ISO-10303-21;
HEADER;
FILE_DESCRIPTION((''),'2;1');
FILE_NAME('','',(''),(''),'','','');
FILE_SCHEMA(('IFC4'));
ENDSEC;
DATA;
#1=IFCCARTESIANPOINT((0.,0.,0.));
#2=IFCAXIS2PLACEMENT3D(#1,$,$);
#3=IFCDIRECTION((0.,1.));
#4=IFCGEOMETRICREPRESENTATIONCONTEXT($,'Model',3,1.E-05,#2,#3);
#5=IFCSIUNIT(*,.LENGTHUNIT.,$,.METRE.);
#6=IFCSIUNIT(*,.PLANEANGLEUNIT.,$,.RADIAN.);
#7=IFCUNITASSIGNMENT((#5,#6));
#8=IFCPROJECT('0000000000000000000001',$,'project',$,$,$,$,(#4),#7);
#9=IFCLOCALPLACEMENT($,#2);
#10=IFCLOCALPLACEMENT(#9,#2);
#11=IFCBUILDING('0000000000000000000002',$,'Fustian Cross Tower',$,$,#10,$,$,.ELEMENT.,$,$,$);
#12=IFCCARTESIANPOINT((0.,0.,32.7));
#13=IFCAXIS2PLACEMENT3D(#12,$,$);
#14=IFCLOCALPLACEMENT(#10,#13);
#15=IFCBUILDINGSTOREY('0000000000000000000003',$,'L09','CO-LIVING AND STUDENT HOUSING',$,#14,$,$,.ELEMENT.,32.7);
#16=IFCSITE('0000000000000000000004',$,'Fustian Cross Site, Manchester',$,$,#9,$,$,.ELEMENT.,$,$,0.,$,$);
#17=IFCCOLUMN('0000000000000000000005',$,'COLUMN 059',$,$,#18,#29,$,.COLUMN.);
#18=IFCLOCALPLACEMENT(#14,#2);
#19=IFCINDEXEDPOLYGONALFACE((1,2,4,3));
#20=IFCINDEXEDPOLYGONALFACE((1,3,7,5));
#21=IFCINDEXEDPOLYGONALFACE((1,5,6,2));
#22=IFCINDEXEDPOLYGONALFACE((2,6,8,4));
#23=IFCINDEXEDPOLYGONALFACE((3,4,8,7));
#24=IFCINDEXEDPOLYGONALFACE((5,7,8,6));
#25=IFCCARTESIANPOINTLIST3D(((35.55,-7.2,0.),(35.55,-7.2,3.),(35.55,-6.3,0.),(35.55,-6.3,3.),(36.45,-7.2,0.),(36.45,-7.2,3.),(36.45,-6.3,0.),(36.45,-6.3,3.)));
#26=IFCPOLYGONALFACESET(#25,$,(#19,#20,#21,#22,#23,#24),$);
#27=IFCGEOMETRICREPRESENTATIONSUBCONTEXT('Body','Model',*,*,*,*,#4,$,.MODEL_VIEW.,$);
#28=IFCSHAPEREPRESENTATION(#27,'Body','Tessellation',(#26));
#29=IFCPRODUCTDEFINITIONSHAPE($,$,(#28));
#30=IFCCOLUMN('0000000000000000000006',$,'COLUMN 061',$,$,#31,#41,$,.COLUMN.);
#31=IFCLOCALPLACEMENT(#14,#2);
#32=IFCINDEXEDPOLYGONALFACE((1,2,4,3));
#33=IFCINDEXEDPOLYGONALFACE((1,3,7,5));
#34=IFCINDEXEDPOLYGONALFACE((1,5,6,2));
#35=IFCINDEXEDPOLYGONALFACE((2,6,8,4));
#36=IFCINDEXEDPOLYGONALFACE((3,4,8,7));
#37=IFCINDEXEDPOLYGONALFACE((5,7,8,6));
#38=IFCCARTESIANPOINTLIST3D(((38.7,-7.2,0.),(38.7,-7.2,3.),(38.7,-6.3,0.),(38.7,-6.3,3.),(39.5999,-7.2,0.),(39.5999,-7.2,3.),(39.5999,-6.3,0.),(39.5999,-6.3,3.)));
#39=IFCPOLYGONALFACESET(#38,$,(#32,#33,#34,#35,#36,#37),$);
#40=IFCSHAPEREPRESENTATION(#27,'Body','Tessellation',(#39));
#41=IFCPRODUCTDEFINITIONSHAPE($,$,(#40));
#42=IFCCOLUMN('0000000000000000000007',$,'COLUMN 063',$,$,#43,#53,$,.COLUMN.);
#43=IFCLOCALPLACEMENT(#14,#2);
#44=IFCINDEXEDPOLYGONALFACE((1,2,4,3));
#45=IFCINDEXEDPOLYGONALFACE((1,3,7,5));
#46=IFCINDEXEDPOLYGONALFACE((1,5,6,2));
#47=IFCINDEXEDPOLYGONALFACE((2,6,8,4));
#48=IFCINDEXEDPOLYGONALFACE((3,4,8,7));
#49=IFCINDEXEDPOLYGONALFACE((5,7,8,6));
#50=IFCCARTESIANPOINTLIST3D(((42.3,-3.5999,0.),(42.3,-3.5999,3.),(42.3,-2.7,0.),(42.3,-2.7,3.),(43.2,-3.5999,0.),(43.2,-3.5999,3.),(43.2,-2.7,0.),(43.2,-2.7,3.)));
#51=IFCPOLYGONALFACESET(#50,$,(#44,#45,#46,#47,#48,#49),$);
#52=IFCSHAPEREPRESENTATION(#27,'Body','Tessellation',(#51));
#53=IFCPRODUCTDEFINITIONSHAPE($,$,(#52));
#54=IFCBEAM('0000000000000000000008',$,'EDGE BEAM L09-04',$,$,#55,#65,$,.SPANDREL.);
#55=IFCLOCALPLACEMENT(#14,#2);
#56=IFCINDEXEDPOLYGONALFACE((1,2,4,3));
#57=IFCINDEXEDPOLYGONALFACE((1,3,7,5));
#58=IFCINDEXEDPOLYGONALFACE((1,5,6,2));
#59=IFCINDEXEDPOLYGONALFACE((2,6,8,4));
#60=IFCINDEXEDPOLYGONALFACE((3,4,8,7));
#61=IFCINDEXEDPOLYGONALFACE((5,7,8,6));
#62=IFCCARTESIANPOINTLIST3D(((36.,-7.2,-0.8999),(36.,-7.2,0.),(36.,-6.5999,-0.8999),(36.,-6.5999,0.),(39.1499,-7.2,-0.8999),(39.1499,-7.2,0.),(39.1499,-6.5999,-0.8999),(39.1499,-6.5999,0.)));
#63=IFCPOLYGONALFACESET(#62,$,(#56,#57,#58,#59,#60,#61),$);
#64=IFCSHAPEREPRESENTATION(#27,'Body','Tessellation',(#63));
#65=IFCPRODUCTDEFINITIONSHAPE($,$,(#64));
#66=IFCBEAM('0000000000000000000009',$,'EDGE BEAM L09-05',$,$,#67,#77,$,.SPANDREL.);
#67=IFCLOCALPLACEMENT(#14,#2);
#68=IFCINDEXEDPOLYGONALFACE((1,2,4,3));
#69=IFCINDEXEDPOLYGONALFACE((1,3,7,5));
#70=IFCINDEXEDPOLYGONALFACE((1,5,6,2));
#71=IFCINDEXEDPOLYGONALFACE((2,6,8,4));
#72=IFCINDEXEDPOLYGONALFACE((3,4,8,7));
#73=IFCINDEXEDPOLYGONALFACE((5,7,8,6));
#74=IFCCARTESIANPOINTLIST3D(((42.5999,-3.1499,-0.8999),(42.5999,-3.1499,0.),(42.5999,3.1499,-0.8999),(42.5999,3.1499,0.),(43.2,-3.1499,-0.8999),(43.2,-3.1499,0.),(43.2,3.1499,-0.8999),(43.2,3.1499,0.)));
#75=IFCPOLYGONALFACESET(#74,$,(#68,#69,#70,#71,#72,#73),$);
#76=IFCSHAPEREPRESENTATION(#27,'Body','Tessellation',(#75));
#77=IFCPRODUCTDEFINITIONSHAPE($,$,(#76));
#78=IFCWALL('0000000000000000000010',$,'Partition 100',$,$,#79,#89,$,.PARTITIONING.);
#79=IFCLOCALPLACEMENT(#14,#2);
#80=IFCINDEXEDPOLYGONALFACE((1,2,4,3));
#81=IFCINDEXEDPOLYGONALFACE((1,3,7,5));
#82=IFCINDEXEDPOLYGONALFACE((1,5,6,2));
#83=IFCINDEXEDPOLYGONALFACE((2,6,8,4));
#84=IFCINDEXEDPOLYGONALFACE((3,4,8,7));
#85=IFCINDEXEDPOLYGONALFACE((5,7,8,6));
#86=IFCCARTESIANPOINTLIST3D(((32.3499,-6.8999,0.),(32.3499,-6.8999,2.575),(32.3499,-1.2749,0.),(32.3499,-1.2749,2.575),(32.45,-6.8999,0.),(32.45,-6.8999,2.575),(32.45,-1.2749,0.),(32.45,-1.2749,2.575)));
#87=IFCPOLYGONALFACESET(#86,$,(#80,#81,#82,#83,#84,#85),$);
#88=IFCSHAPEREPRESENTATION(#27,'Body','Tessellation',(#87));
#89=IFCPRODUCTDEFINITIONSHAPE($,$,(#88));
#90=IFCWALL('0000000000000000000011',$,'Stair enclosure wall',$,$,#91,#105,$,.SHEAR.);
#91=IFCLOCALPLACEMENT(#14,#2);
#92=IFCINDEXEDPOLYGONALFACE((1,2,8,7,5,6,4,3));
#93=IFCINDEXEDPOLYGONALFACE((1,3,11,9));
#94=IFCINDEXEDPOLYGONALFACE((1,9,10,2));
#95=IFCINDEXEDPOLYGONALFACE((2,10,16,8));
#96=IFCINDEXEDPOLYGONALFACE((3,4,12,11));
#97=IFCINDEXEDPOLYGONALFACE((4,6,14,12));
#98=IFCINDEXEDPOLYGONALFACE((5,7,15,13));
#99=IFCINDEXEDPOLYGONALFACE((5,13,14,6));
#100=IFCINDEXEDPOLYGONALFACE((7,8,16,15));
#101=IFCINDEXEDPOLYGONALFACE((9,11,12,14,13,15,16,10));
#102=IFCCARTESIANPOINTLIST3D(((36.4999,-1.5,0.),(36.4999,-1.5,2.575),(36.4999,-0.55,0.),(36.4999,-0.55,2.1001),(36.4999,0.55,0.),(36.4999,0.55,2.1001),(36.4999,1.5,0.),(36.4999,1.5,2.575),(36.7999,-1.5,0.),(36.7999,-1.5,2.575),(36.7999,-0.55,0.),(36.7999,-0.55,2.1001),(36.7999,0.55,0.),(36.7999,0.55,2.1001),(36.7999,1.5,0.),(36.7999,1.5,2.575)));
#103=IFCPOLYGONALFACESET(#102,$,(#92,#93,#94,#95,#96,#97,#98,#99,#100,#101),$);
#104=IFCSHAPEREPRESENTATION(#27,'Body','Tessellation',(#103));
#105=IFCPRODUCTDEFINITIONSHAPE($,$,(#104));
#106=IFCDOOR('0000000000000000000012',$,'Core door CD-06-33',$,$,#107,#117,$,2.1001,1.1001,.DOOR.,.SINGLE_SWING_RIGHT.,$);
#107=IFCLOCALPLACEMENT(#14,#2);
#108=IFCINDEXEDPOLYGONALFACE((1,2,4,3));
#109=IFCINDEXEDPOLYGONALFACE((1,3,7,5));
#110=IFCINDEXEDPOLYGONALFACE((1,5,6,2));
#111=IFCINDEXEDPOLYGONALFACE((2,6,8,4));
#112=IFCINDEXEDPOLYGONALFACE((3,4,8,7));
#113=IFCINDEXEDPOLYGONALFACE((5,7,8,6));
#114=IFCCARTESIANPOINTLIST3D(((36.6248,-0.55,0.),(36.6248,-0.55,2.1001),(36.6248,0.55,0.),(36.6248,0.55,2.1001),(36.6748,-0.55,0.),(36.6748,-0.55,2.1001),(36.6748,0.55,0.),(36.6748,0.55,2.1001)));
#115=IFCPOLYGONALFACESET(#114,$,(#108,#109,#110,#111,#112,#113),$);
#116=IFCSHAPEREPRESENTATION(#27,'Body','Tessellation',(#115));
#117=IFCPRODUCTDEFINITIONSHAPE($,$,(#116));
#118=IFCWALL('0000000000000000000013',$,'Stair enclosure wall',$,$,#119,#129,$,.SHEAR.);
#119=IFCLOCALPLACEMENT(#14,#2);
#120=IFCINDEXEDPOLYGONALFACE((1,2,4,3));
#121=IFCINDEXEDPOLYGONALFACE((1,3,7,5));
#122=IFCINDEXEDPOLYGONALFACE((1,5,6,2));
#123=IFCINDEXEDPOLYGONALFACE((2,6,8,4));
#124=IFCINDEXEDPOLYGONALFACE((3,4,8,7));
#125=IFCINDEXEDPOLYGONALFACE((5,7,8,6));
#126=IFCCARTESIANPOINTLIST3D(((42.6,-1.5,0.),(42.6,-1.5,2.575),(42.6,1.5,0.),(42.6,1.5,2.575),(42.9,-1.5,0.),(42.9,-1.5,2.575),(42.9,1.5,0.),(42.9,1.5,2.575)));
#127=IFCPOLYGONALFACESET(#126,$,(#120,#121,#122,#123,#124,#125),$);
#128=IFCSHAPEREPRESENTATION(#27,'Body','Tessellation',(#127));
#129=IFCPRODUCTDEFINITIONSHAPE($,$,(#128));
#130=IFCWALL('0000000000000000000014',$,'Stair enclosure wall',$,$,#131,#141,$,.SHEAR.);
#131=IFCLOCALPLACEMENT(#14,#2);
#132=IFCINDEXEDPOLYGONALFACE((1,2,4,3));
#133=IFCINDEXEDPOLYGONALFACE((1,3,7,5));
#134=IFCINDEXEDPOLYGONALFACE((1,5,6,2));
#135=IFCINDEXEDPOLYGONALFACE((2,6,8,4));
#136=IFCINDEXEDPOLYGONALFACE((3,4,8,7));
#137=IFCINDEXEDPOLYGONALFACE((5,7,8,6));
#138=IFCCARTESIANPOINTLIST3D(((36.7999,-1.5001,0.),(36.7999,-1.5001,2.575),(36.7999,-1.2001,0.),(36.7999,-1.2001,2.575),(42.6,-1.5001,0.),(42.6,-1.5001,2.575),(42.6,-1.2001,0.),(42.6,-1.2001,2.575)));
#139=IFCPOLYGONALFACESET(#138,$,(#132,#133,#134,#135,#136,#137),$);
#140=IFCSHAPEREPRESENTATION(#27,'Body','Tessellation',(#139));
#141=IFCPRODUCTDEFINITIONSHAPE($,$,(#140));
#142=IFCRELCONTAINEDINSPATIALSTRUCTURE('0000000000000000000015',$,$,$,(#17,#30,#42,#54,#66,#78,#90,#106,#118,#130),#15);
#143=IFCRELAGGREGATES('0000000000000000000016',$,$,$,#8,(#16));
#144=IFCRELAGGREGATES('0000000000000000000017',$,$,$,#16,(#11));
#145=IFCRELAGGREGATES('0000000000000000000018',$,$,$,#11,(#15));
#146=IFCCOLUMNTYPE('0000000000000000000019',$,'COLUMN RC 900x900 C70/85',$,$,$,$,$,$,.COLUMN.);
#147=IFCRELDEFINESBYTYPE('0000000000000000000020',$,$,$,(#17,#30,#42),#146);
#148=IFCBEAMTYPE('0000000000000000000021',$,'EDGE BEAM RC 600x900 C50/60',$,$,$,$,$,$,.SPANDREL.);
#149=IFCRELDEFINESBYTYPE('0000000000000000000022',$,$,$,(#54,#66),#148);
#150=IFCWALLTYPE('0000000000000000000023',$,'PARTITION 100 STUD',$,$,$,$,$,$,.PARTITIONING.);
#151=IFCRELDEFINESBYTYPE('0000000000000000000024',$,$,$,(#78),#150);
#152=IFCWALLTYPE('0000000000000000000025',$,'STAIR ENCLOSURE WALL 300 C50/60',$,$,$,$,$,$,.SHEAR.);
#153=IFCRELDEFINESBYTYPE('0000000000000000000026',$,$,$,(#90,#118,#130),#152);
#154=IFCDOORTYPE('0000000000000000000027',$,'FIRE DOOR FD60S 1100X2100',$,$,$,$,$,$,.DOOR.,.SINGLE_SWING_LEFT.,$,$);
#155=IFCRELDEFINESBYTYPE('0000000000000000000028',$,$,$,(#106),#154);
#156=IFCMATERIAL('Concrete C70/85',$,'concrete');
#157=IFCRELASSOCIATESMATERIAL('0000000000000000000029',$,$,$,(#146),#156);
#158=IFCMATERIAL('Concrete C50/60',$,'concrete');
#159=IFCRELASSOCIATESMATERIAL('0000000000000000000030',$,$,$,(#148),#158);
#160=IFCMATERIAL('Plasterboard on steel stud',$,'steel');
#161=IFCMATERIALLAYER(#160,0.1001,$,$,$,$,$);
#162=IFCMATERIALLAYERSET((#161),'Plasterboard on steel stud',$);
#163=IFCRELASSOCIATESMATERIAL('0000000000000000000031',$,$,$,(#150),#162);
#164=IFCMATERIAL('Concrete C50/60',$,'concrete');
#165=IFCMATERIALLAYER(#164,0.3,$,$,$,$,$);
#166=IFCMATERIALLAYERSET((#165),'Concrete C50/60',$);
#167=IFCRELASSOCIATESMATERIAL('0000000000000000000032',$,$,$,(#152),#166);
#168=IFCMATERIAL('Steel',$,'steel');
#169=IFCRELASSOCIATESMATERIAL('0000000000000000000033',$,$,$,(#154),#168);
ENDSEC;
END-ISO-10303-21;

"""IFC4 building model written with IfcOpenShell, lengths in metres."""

from ifc_helpers import new_model, si_unit, direction, frame, frame_2d, origin, origin_2d, place, context, subcontext, project, spatial, rectangle, extrude, material, layer, layer_set, material_profile, profile_set, type_object, element, fill, save


model = new_model("IFC4")

# Units and contexts
model_context = context("Model", 3, precision=1e-05, world=origin(), true_north=direction((0.0, 1.0)))
body_context = subcontext(model_context, "Body", "Model", "MODEL_VIEW")
ifc_project = project(units=[si_unit("LENGTHUNIT", "METRE"), si_unit("PLANEANGLEUNIT", "RADIAN")], contexts=[model_context])

# Site, building, storey
site_placement = place(None, origin())
site = spatial("IfcSite", under=ifc_project, at=site_placement, Name="Fustian Cross Site, Manchester", CompositionType="ELEMENT", RefElevation=0.0)
building_placement = place(site_placement, origin())
building = spatial("IfcBuilding", under=site, at=building_placement, Name="Fustian Cross Tower", CompositionType="ELEMENT")
storey_placement = place(building_placement, frame((0.0, 0.0, 32.7)))
storey = spatial("IfcBuildingStorey", under=building, at=storey_placement, Name="L09", Description="CO-LIVING AND STUDENT HOUSING", CompositionType="ELEMENT", Elevation=32.7)

# Columns
ifc_material_1 = material(Name="Concrete C70/85", Category="concrete")
ifc_material_profile_1 = material_profile(ifc_material_1, rectangle(XDim=0.8999, YDim=0.8999, at=origin_2d()), Name="RC 900x900")
ifc_profile_set_1 = profile_set([ifc_material_profile_1], Name="Concrete C70/85")
column_type = type_object("IfcColumnType", Name="COLUMN RC 900x900 C70/85", PredefinedType="COLUMN", material=ifc_profile_set_1)
for number, where, z_axis, x_axis, name in (
    (1, (36.0, -6.75, 0.0), (0.0, 0.0, 1.0), (1.0, 0.0, 0.0), "COLUMN 059"),
    (2, (39.1499, -6.75, 0.0), (0.0, 0.0, 1.0), (1.0, 0.0, 0.0), "COLUMN 061"),
    (3, (42.75, -3.1499, 0.0), (0.0, 0.0, 1.0), (1.0, 0.0, 0.0), "COLUMN 063"),
):
    element("IfcColumn", number, at=place(storey_placement, frame(where, z_axis=z_axis, x_axis=x_axis)), inside=storey, type_object=column_type, Name=name, PredefinedType="COLUMN", context=body_context, shape_type="SweptSolid", body=[
        extrude(rectangle(XDim=0.8999, YDim=0.8999, at=origin_2d()), origin(), (0.0, 0.0, 1.0), 3.0),
    ])

# Beams
ifc_material_2 = material(Name="Concrete C50/60", Category="concrete")
ifc_material_profile_2 = material_profile(ifc_material_2, rectangle(XDim=0.6001, YDim=0.8999, at=origin_2d()), Name="RC 600x900")
ifc_profile_set_2 = profile_set([ifc_material_profile_2], Name="Concrete C50/60")
beam_type = type_object("IfcBeamType", Name="EDGE BEAM RC 600x900 C50/60", PredefinedType="SPANDREL", material=ifc_profile_set_2)
beam_1_placement = place(storey_placement, frame((36.0, -6.8999, -0.45), z_axis=(1.0, 0.0, 0.0), x_axis=(0.0, 1.0, 0.0)))
element("IfcBeam", 4, at=beam_1_placement, inside=storey, type_object=beam_type, Name="EDGE BEAM L09-04", PredefinedType="SPANDREL", context=body_context, shape_type="SweptSolid", body=[
    extrude(rectangle(XDim=0.6001, YDim=0.8999, at=origin_2d()), origin(), (0.0, 0.0, 1.0), 3.1499),
])
beam_2_placement = place(storey_placement, frame((42.8999, -3.1499, -0.45), z_axis=(0.0, 1.0, 0.0), x_axis=(-1.0, 0.0, 0.0)))
element("IfcBeam", 5, at=beam_2_placement, inside=storey, type_object=beam_type, Name="EDGE BEAM L09-05", PredefinedType="SPANDREL", context=body_context, shape_type="SweptSolid", body=[
    extrude(rectangle(XDim=0.6001, YDim=0.8999, at=origin_2d()), origin(), (0.0, 0.0, 1.0), 6.2998),
])

# Wall
ifc_material_3 = material(Name="Plasterboard on steel stud", Category="steel")
ifc_layer_1 = layer(ifc_material_3, 0.1001)
ifc_layer_set_1 = layer_set([ifc_layer_1], Name="Plasterboard on steel stud")
wall_type_1 = type_object("IfcWallType", Name="PARTITION 100 STUD", PredefinedType="PARTITIONING", material=ifc_layer_set_1)
wall_1_placement = place(storey_placement, frame((32.3999, -6.8999, 0.0), z_axis=(0.0, 0.0, 1.0), x_axis=(0.0, 1.0, 0.0)))
element("IfcWall", 6, at=wall_1_placement, inside=storey, type_object=wall_type_1, Name="Partition 100", PredefinedType="PARTITIONING", context=body_context, shape_type="SweptSolid", body=[
    extrude(rectangle(XDim=5.625, YDim=0.1001, at=frame_2d((2.8125, 0.0))), origin(), (0.0, 0.0, 1.0), 2.575),
])

# Wall, opening, door
ifc_material_4 = material(Name="Concrete C50/60", Category="concrete")
ifc_layer_2 = layer(ifc_material_4, 0.3)
ifc_layer_set_2 = layer_set([ifc_layer_2], Name="Concrete C50/60")
wall_type_2 = type_object("IfcWallType", Name="STAIR ENCLOSURE WALL 300 C50/60", PredefinedType="SHEAR", material=ifc_layer_set_2)
wall_2_placement = place(storey_placement, frame((36.6499, -1.5, 0.0), z_axis=(0.0, 0.0, 1.0), x_axis=(0.0, 1.0, 0.0)))
wall_2 = element("IfcWall", 7, at=wall_2_placement, inside=storey, type_object=wall_type_2, Name="Stair enclosure wall", PredefinedType="SHEAR", context=body_context, shape_type="SweptSolid", body=[
    extrude(rectangle(XDim=3.0, YDim=0.3, at=frame_2d((1.5, 0.0))), origin(), (0.0, 0.0, 1.0), 2.575),
])
opening_1_placement = place(wall_2_placement, frame((0.95, 0.0, 0.0)))
opening_1 = element("IfcOpeningElement", 8, at=opening_1_placement, cuts=wall_2, PredefinedType="OPENING", context=body_context, shape_type="SweptSolid", body=[
    extrude(rectangle(XDim=1.1001, YDim=2.1001, at=frame_2d((0.55, 1.05))), frame((0.0, 0.1599, 0.0), z_axis=(0.0, -1.0, 0.0), x_axis=(1.0, 0.0, 0.0)), (0.0, 0.0, 1.0), 0.3201),
])
ifc_material_5 = material(Name="Steel", Category="steel")
door_type = type_object("IfcDoorType", Name="FIRE DOOR FD60S 1100X2100", OperationType="SINGLE_SWING_LEFT", PredefinedType="DOOR", material=ifc_material_5)
door_placement = place(opening_1_placement, frame((1.1001, 0.0, 0.0), z_axis=(0.0, 0.0, 1.0), x_axis=(-1.0, 0.0, 0.0)))
door = element("IfcDoor", 9, at=door_placement, inside=storey, type_object=door_type, Name="Core door CD-06-33", OperationType="SINGLE_SWING_RIGHT", OverallHeight=2.1001, OverallWidth=1.1001, PredefinedType="DOOR", context=body_context, shape_type="SweptSolid", body=[
    extrude(rectangle(XDim=1.1001, YDim=2.1001, at=frame_2d((0.55, 1.05))), frame((0.0, 0.0249, 0.0), z_axis=(0.0, -1.0, 0.0), x_axis=(1.0, 0.0, 0.0)), (0.0, 0.0, 1.0), 0.05),
])
fill(opening_1, door)

# Walls
wall_3_placement = place(storey_placement, frame((42.75, -1.5, 0.0), z_axis=(0.0, 0.0, 1.0), x_axis=(0.0, 1.0, 0.0)))
element("IfcWall", 10, at=wall_3_placement, inside=storey, type_object=wall_type_2, Name="Stair enclosure wall", PredefinedType="SHEAR", context=body_context, shape_type="SweptSolid", body=[
    extrude(rectangle(XDim=3.0, YDim=0.3, at=frame_2d((1.5, 0.0))), origin(), (0.0, 0.0, 1.0), 2.575),
])
wall_4_placement = place(storey_placement, frame((36.8, -1.3501, 0.0), z_axis=(0.0, 0.0, 1.0), x_axis=(1.0, 0.0, 0.0)))
element("IfcWall", 11, at=wall_4_placement, inside=storey, type_object=wall_type_2, Name="Stair enclosure wall", PredefinedType="SHEAR", context=body_context, shape_type="SweptSolid", body=[
    extrude(rectangle(XDim=5.8, YDim=0.3, at=frame_2d((2.8999, 0.0))), origin(), (0.0, 0.0, 1.0), 2.575),
])

save(model, "model.ifc")
